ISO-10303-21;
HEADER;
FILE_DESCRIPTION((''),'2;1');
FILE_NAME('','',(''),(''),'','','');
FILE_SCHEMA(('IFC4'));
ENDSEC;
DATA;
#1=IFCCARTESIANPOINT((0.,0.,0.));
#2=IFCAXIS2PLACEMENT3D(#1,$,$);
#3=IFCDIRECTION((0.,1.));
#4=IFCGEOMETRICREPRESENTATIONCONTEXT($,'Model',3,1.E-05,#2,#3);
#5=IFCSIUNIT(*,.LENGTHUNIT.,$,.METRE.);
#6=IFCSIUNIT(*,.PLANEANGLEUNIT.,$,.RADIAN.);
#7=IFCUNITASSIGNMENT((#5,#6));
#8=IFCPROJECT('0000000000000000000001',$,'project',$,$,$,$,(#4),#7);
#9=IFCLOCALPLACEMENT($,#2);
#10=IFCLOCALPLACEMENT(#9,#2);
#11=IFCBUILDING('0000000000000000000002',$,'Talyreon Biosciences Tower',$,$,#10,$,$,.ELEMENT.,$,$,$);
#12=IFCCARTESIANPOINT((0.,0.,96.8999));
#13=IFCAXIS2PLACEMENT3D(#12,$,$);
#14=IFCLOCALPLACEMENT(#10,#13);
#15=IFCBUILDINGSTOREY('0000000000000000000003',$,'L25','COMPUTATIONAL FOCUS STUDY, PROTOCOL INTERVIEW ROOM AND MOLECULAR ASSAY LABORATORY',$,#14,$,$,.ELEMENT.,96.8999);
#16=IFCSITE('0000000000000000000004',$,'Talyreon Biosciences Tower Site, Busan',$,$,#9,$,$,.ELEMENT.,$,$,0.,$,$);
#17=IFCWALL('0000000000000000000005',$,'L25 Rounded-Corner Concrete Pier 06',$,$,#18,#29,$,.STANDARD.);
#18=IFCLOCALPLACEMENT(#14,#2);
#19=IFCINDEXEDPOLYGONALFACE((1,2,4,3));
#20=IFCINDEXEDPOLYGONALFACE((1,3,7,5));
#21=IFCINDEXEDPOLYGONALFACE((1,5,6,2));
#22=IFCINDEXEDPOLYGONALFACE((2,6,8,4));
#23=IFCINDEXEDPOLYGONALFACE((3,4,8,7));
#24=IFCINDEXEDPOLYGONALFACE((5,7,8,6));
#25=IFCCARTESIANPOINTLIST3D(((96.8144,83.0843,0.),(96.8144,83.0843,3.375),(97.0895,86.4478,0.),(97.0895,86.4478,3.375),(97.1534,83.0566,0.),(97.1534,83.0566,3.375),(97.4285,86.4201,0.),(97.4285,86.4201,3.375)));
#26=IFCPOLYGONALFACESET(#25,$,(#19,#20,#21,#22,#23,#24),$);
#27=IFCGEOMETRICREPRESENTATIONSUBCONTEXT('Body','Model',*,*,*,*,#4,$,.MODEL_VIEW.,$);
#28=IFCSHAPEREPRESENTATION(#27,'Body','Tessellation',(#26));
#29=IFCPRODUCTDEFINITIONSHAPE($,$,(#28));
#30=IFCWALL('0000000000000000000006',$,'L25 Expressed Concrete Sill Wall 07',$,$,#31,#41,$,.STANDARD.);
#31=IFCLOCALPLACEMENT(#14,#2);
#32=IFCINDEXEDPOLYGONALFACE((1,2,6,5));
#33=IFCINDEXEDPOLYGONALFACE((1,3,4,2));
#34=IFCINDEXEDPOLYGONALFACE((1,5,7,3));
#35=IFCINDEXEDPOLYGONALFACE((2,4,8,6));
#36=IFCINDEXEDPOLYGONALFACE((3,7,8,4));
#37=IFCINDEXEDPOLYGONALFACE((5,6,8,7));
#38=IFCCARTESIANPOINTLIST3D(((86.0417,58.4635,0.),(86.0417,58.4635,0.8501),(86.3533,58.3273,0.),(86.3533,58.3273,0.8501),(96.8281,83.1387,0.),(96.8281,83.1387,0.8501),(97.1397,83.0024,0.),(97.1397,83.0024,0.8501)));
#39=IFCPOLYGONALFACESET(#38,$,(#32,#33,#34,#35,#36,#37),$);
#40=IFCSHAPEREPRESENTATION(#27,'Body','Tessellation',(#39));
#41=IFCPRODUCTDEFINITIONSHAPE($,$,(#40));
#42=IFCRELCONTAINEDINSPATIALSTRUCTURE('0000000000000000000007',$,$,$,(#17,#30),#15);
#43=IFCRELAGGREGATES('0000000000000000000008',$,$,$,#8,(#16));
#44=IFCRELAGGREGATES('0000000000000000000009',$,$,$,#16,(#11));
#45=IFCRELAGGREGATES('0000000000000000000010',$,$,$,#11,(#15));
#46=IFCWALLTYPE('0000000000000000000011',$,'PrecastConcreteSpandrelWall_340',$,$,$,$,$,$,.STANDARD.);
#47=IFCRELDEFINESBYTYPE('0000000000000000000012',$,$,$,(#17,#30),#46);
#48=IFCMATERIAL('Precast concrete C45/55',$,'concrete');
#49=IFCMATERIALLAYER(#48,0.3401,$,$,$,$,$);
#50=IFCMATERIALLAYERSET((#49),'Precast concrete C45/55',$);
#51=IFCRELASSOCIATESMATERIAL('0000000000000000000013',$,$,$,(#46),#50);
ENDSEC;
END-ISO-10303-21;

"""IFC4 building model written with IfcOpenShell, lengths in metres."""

from ifc_helpers import new_model, si_unit, direction, frame, frame_2d, origin, place, context, subcontext, project, spatial, rectangle, extrude, material, layer, layer_set, type_object, element, save


model = new_model("IFC4")

# Units and contexts
model_context = context("Model", 3, precision=1e-05, world=origin(), true_north=direction((0.0, 1.0)))
body_context = subcontext(model_context, "Body", "Model", "MODEL_VIEW")
ifc_project = project(units=[si_unit("LENGTHUNIT", "METRE"), si_unit("PLANEANGLEUNIT", "RADIAN")], contexts=[model_context])

# Site, building, storey
site_placement = place(None, origin())
site = spatial("IfcSite", under=ifc_project, at=site_placement, Name="Talyreon Biosciences Tower Site, Busan", CompositionType="ELEMENT", RefElevation=0.0)
building_placement = place(site_placement, origin())
building = spatial("IfcBuilding", under=site, at=building_placement, Name="Talyreon Biosciences Tower", CompositionType="ELEMENT")
storey_placement = place(building_placement, frame((0.0, 0.0, 96.8999)))
storey = spatial("IfcBuildingStorey", under=building, at=storey_placement, Name="L25", Description="COMPUTATIONAL FOCUS STUDY, PROTOCOL INTERVIEW ROOM AND MOLECULAR ASSAY LABORATORY", CompositionType="ELEMENT", Elevation=96.8999)

# Shared definitions
ifc_material_1 = material(Name="Precast concrete C45/55", Category="concrete")

# Walls
ifc_layer_1 = layer(ifc_material_1, 0.3401)
ifc_layer_set_1 = layer_set([ifc_layer_1], Name="Precast concrete C45/55")
wall_type = type_object("IfcWallType", Name="PrecastConcreteSpandrelWall_340", PredefinedType="STANDARD", material=ifc_layer_set_1)
wall_1_placement = place(storey_placement, frame((97.259, 86.4341, 0.0), z_axis=(0.0, 0.0, 1.0), x_axis=(-0.081531, -0.996671, 0.0)))
element("IfcWall", 1, at=wall_1_placement, inside=storey, type_object=wall_type, Name="L25 Rounded-Corner Concrete Pier 06", PredefinedType="STANDARD", context=body_context, shape_type="SweptSolid", body=[
    extrude(rectangle(XDim=3.3748, YDim=0.3401, at=frame_2d((1.6875, 0.0))), origin(), (0.0, 0.0, 1.0), 3.375),
])
wall_2_placement = place(storey_placement, frame((96.9839, 83.0706, 0.0), z_axis=(0.0, 0.0, 1.0), x_axis=(-0.40054, -0.916279, 0.0)))
element("IfcWall", 2, at=wall_2_placement, inside=storey, type_object=wall_type, Name="L25 Expressed Concrete Sill Wall 07", PredefinedType="STANDARD", context=body_context, shape_type="SweptSolid", body=[
    extrude(rectangle(XDim=26.9297, YDim=0.3401, at=frame_2d((13.4648, 0.0))), origin(), (0.0, 0.0, 1.0), 0.8501),
])

save(model, "model.ifc")
